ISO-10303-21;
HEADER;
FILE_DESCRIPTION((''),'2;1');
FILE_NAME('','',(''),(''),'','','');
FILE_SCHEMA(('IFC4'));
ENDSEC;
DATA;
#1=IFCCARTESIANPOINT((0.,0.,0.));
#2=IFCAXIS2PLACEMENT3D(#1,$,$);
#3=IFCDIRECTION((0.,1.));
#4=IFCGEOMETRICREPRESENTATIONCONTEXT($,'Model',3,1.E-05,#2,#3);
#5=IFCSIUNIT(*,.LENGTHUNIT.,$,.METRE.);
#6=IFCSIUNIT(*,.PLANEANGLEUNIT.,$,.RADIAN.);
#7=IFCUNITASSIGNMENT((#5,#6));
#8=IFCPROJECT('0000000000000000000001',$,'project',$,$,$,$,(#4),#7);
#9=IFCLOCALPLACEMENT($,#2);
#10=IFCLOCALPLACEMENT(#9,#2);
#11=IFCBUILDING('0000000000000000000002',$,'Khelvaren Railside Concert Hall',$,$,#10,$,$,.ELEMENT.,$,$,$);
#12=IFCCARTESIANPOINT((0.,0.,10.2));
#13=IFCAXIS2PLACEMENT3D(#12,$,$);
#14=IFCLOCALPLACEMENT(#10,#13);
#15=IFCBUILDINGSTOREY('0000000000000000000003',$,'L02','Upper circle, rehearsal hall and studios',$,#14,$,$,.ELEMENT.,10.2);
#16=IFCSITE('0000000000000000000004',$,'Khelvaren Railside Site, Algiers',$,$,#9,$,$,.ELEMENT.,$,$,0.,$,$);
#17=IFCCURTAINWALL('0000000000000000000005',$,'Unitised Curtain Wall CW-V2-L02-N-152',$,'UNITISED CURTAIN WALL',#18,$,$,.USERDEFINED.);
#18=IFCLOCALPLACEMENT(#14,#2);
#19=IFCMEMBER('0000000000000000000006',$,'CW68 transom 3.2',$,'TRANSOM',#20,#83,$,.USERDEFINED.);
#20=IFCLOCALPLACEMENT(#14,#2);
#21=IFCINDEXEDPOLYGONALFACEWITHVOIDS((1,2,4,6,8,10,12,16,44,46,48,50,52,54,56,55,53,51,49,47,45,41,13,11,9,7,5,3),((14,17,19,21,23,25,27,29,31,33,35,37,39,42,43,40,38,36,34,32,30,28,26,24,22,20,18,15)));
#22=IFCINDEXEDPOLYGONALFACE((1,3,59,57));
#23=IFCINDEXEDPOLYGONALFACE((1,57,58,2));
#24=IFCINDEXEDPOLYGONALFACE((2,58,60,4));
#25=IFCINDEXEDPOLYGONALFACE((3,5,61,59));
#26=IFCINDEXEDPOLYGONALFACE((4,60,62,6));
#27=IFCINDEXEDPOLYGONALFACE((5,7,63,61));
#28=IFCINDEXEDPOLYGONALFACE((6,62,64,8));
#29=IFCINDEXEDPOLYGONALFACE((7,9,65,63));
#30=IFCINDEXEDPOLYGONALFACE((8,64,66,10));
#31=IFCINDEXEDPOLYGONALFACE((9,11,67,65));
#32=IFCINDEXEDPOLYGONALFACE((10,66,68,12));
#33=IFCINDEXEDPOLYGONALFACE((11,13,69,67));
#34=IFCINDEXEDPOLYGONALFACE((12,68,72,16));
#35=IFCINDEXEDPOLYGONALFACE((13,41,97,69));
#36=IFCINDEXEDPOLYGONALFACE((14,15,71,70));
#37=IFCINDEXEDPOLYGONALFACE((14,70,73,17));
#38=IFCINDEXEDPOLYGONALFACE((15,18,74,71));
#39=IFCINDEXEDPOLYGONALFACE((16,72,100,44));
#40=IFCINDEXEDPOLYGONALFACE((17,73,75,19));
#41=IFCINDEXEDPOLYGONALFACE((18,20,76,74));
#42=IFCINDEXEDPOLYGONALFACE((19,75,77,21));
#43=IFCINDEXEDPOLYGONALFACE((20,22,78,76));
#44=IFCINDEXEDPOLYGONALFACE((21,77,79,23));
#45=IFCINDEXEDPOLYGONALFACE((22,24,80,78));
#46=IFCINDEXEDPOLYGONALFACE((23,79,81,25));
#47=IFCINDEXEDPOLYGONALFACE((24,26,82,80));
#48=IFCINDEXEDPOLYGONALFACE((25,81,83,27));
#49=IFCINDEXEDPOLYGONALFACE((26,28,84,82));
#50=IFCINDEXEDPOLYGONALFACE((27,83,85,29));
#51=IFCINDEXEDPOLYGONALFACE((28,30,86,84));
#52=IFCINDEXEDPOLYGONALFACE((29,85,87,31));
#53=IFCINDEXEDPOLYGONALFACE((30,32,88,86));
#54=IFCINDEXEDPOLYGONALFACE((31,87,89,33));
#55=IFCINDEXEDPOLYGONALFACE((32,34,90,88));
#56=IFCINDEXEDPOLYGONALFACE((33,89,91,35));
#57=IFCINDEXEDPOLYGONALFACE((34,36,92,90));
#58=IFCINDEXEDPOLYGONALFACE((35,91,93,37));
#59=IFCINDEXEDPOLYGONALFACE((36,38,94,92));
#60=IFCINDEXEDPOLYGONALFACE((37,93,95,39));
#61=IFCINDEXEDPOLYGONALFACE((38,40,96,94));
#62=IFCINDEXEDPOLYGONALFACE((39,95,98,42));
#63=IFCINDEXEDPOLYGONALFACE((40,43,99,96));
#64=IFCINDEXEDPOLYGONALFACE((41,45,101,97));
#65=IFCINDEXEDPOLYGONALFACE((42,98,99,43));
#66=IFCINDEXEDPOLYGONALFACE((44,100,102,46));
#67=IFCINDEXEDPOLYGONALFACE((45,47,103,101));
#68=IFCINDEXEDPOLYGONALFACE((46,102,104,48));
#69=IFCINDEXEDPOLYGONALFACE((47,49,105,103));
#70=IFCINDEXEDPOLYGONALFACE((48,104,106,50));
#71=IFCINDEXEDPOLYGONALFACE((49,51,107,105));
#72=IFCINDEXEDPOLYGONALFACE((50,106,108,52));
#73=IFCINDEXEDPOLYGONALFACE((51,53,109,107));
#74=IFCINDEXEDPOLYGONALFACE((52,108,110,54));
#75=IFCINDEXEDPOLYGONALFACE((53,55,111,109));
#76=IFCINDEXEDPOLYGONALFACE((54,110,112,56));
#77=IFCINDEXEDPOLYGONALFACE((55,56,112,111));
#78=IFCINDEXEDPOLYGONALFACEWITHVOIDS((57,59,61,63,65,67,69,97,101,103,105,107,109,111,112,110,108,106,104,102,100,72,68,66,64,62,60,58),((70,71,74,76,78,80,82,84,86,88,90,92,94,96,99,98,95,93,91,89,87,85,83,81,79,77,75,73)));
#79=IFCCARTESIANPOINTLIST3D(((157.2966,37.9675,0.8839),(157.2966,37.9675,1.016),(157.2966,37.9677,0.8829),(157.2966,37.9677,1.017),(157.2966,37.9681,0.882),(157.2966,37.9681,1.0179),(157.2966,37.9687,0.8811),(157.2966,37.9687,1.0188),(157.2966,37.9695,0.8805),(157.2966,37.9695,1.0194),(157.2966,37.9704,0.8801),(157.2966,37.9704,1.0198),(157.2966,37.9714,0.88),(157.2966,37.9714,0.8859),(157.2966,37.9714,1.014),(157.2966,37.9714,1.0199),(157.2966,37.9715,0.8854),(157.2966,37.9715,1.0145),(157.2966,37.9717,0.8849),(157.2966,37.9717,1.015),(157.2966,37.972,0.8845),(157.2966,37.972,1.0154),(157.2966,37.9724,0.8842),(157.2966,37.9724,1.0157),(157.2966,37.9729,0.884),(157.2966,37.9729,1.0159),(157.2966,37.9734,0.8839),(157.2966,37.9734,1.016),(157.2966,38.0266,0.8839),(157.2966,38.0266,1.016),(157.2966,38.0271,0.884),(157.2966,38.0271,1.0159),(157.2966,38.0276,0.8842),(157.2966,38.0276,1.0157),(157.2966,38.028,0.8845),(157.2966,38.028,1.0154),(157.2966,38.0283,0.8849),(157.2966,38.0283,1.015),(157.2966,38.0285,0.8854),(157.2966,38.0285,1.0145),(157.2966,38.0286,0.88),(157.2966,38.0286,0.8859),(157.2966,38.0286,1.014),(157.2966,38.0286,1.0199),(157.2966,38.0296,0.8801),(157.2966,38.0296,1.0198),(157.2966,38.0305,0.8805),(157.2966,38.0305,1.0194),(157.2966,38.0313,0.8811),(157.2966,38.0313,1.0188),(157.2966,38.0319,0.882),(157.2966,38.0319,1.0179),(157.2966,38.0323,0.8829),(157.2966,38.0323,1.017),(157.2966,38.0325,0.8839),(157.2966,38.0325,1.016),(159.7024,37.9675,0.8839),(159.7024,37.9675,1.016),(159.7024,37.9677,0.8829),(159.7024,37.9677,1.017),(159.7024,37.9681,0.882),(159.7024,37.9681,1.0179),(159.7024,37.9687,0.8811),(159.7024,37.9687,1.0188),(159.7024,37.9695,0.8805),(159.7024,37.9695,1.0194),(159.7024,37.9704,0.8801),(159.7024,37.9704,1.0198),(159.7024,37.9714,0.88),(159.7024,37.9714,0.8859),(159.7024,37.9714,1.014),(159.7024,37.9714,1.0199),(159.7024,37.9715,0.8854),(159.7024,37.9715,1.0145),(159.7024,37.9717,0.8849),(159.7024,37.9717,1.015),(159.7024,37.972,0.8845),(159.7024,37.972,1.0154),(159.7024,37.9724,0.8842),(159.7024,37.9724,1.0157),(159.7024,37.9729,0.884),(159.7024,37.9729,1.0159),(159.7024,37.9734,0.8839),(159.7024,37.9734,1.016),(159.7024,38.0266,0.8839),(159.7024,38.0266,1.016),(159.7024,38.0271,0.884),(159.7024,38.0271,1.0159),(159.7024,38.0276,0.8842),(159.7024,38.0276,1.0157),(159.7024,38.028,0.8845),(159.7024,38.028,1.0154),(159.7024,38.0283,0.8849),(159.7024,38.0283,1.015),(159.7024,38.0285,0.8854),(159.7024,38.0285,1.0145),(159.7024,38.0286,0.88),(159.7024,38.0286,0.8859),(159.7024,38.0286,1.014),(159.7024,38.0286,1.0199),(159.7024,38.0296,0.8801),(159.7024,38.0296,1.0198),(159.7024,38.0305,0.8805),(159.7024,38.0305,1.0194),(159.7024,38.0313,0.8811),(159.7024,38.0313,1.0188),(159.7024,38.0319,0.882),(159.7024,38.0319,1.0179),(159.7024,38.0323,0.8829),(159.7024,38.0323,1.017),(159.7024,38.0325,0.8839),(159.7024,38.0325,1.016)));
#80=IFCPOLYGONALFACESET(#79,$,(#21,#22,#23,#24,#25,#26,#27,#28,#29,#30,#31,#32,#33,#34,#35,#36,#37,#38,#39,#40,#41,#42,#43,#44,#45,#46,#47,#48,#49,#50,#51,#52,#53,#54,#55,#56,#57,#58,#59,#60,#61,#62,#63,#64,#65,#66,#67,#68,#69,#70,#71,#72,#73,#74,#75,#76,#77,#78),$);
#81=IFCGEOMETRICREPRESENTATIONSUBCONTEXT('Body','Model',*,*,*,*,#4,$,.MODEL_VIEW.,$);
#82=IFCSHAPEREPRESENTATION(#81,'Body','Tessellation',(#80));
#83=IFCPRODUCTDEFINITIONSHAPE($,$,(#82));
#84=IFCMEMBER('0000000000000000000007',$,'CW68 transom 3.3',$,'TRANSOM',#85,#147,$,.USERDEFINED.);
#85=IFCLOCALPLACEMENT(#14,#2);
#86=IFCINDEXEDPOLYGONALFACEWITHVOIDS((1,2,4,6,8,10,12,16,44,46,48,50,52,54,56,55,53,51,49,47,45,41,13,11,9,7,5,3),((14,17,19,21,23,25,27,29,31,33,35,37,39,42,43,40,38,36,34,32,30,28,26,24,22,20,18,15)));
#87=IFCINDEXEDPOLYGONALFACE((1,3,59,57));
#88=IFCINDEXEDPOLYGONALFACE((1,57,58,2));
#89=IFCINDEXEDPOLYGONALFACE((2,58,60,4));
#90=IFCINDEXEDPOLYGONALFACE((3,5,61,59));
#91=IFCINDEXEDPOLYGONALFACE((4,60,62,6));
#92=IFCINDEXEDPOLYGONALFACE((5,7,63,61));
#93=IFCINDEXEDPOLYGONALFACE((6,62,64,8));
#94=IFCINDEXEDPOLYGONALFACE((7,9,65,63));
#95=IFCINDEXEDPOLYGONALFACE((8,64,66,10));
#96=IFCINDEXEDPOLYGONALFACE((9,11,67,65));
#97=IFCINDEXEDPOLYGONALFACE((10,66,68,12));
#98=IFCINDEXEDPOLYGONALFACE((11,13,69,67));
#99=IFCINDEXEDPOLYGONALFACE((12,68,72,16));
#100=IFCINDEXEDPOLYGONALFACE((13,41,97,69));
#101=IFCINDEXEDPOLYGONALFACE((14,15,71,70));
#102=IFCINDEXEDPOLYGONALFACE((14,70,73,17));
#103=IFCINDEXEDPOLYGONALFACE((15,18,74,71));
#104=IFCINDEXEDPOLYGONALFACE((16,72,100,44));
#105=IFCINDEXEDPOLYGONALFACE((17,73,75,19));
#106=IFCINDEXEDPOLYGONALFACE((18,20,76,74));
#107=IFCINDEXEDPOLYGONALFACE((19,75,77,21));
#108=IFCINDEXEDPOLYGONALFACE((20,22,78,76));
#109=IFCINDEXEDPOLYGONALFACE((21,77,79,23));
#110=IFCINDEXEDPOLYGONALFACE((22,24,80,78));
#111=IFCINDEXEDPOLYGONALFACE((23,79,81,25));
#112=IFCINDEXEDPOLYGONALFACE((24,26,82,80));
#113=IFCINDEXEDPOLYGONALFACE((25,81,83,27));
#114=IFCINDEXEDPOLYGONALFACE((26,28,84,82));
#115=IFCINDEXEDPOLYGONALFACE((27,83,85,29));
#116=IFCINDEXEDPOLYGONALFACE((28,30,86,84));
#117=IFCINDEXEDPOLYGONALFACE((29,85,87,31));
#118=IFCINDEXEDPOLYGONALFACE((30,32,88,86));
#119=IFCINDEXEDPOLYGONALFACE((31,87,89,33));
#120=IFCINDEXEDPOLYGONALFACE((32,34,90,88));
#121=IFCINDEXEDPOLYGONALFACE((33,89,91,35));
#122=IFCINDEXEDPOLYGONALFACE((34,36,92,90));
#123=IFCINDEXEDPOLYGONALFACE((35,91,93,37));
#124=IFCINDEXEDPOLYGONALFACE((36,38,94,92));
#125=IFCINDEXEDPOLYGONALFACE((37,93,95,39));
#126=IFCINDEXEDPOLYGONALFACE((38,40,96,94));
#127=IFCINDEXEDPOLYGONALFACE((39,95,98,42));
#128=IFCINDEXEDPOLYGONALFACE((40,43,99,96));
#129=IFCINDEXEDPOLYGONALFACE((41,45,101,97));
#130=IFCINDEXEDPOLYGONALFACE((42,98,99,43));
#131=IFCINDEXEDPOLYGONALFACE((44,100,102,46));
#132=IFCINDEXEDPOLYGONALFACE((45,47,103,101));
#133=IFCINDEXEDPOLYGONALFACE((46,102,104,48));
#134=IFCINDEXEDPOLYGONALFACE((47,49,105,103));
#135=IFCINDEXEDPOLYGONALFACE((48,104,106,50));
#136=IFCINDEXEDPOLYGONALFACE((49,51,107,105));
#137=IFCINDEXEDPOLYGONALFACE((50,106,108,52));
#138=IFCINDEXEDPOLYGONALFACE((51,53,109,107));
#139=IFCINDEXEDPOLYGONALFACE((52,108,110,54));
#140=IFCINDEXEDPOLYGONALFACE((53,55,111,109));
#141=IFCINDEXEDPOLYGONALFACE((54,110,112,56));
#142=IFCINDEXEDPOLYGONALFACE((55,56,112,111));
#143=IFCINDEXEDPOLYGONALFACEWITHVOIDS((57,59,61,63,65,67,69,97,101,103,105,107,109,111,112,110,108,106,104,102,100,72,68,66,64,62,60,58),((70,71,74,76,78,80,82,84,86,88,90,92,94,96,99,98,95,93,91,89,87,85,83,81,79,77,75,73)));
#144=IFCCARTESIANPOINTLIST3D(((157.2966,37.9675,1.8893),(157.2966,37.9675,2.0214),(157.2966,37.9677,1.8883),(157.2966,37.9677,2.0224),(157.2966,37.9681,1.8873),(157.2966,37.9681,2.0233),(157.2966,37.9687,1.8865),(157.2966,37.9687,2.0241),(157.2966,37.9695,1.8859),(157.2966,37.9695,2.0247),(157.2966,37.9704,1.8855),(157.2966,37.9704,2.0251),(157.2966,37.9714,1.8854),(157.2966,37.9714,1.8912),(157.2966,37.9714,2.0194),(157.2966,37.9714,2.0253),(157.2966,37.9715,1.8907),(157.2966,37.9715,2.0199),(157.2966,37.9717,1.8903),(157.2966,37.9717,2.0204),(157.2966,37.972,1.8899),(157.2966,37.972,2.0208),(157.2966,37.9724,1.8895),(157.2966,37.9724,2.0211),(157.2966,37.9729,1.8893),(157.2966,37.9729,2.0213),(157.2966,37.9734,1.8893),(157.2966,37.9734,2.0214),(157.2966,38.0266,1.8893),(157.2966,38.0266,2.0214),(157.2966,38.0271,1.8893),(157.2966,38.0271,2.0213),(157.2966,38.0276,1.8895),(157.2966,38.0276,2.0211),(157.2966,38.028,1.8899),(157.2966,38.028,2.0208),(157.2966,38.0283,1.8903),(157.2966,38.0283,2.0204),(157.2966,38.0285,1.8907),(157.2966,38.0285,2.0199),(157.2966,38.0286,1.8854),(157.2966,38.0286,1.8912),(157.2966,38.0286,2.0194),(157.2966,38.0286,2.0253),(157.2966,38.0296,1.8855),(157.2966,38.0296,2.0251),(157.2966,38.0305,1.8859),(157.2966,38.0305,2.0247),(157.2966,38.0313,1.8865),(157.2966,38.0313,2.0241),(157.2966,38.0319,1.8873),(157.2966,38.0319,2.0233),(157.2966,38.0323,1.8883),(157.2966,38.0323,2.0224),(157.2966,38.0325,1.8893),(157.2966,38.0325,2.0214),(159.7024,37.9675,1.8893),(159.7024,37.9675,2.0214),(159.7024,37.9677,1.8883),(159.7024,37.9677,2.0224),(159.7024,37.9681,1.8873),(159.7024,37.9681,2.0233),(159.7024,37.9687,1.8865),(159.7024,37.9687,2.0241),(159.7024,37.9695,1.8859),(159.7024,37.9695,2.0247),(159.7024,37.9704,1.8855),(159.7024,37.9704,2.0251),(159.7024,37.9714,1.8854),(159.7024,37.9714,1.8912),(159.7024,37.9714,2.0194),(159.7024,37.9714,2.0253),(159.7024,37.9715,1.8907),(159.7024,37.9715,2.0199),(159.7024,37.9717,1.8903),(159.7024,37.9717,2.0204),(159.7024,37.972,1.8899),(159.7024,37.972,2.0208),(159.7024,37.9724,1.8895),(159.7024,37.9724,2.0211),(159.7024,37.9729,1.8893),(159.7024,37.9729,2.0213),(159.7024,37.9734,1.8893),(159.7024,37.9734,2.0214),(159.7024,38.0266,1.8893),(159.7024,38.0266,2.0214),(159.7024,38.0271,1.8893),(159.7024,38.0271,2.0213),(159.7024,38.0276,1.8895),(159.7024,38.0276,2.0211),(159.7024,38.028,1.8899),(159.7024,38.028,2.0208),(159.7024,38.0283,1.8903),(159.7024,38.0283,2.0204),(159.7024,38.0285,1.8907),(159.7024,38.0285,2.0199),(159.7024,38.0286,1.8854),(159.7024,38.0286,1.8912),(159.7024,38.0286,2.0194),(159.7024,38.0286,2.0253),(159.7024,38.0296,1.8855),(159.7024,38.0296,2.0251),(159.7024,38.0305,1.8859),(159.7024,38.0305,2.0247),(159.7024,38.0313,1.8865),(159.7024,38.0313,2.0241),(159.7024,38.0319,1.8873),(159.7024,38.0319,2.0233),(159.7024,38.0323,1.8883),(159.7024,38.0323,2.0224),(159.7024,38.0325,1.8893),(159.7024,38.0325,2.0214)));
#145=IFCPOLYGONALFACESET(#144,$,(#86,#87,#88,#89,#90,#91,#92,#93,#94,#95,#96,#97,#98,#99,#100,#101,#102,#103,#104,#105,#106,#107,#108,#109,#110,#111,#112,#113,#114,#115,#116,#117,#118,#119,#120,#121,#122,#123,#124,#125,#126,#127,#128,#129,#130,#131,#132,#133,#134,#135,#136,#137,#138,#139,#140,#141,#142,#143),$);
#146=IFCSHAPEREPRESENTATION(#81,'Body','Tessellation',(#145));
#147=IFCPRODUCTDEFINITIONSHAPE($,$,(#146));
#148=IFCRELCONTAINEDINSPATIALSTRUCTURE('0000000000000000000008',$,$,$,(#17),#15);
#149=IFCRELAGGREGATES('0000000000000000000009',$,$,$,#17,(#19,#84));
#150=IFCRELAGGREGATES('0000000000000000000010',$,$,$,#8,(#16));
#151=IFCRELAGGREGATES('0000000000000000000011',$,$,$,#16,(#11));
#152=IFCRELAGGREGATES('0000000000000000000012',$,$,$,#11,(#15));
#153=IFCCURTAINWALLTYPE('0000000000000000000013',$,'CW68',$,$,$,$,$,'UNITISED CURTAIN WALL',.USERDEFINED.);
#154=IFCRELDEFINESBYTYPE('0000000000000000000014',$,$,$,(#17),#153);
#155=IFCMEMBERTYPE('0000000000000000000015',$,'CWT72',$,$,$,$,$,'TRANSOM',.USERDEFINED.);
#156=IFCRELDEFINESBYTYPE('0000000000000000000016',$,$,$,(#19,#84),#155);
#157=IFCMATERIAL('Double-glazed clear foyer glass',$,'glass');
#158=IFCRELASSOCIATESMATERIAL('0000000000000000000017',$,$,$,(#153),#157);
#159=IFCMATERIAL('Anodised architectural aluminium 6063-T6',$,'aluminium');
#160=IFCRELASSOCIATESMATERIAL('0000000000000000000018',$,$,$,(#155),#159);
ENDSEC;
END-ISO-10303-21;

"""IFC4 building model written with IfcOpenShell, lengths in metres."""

from ifc_helpers import new_model, si_unit, direction, frame, origin, origin_2d, place, context, subcontext, project, spatial, hollow_rectangle, extrude, material, material_profile, profile_set, type_object, element, aggregate, save


model = new_model("IFC4")

# Units and contexts
model_context = context("Model", 3, precision=1e-05, world=origin(), true_north=direction((0.0, 1.0)))
body_context = subcontext(model_context, "Body", "Model", "MODEL_VIEW")
ifc_project = project(units=[si_unit("LENGTHUNIT", "METRE"), si_unit("PLANEANGLEUNIT", "RADIAN")], contexts=[model_context])

# Site, building, storey
site_placement = place(None, origin())
site = spatial("IfcSite", under=ifc_project, at=site_placement, Name="Khelvaren Railside Site, Algiers", CompositionType="ELEMENT", RefElevation=0.0)
building_placement = place(site_placement, origin())
building = spatial("IfcBuilding", under=site, at=building_placement, Name="Khelvaren Railside Concert Hall", CompositionType="ELEMENT")
storey_placement = place(building_placement, frame((0.0, 0.0, 10.2)))
storey = spatial("IfcBuildingStorey", under=building, at=storey_placement, Name="L02", Description="Upper circle, rehearsal hall and studios", CompositionType="ELEMENT", Elevation=10.2)

# Curtain wall, members
ifc_material_1 = material(Name="Double-glazed clear foyer glass", Category="glass")
curtain_wall_type = type_object("IfcCurtainWallType", Name="CW68", ElementType="UNITISED CURTAIN WALL", PredefinedType="USERDEFINED", material=ifc_material_1)
curtain_wall_placement = place(storey_placement, origin())
curtain_wall = element("IfcCurtainWall", 1, at=curtain_wall_placement, inside=storey, type_object=curtain_wall_type, Name="Unitised Curtain Wall CW-V2-L02-N-152", ObjectType="UNITISED CURTAIN WALL", PredefinedType="USERDEFINED")
ifc_material_2 = material(Name="Anodised architectural aluminium 6063-T6", Category="aluminium")
ifc_material_profile_1 = material_profile(ifc_material_2, hollow_rectangle(XDim=0.0649, YDim=0.1399, WallThickness=0.0039, InnerFilletRadius=0.002, OuterFilletRadius=0.0039, at=origin_2d()), Name="CWT 65x140x4")
ifc_profile_set_1 = profile_set([ifc_material_profile_1], Name="Anodised architectural aluminium 6063-T6")
member_type_1 = type_object("IfcMemberType", Name="CWT72", ElementType="TRANSOM", PredefinedType="USERDEFINED", material=ifc_profile_set_1)
member_1_placement = place(storey_placement, frame((157.2966, 38.0, 0.95), z_axis=(1.0, 0.0, 0.0), x_axis=(0.0, 1.0, 0.0)))
member_1 = element("IfcMember", 2, at=member_1_placement, type_object=member_type_1, Name="CW68 transom 3.2", ObjectType="TRANSOM", PredefinedType="USERDEFINED", context=body_context, shape_type="SweptSolid", body=[
    extrude(hollow_rectangle(XDim=0.0649, YDim=0.1399, WallThickness=0.0039, InnerFilletRadius=0.002, OuterFilletRadius=0.0039, at=origin_2d()), origin(), (0.0, 0.0, 1.0), 2.4058),
])
member_2_placement = place(storey_placement, frame((157.2966, 38.0, 1.9553), z_axis=(1.0, 0.0, 0.0), x_axis=(0.0, 1.0, 0.0)))
member_2 = element("IfcMember", 3, at=member_2_placement, type_object=member_type_1, Name="CW68 transom 3.3", ObjectType="TRANSOM", PredefinedType="USERDEFINED", context=body_context, shape_type="SweptSolid", body=[
    extrude(hollow_rectangle(XDim=0.0649, YDim=0.1399, WallThickness=0.0039, InnerFilletRadius=0.002, OuterFilletRadius=0.0039, at=origin_2d()), origin(), (0.0, 0.0, 1.0), 2.4058),
])

aggregate(curtain_wall, [member_1, member_2])

save(model, "model.ifc")
